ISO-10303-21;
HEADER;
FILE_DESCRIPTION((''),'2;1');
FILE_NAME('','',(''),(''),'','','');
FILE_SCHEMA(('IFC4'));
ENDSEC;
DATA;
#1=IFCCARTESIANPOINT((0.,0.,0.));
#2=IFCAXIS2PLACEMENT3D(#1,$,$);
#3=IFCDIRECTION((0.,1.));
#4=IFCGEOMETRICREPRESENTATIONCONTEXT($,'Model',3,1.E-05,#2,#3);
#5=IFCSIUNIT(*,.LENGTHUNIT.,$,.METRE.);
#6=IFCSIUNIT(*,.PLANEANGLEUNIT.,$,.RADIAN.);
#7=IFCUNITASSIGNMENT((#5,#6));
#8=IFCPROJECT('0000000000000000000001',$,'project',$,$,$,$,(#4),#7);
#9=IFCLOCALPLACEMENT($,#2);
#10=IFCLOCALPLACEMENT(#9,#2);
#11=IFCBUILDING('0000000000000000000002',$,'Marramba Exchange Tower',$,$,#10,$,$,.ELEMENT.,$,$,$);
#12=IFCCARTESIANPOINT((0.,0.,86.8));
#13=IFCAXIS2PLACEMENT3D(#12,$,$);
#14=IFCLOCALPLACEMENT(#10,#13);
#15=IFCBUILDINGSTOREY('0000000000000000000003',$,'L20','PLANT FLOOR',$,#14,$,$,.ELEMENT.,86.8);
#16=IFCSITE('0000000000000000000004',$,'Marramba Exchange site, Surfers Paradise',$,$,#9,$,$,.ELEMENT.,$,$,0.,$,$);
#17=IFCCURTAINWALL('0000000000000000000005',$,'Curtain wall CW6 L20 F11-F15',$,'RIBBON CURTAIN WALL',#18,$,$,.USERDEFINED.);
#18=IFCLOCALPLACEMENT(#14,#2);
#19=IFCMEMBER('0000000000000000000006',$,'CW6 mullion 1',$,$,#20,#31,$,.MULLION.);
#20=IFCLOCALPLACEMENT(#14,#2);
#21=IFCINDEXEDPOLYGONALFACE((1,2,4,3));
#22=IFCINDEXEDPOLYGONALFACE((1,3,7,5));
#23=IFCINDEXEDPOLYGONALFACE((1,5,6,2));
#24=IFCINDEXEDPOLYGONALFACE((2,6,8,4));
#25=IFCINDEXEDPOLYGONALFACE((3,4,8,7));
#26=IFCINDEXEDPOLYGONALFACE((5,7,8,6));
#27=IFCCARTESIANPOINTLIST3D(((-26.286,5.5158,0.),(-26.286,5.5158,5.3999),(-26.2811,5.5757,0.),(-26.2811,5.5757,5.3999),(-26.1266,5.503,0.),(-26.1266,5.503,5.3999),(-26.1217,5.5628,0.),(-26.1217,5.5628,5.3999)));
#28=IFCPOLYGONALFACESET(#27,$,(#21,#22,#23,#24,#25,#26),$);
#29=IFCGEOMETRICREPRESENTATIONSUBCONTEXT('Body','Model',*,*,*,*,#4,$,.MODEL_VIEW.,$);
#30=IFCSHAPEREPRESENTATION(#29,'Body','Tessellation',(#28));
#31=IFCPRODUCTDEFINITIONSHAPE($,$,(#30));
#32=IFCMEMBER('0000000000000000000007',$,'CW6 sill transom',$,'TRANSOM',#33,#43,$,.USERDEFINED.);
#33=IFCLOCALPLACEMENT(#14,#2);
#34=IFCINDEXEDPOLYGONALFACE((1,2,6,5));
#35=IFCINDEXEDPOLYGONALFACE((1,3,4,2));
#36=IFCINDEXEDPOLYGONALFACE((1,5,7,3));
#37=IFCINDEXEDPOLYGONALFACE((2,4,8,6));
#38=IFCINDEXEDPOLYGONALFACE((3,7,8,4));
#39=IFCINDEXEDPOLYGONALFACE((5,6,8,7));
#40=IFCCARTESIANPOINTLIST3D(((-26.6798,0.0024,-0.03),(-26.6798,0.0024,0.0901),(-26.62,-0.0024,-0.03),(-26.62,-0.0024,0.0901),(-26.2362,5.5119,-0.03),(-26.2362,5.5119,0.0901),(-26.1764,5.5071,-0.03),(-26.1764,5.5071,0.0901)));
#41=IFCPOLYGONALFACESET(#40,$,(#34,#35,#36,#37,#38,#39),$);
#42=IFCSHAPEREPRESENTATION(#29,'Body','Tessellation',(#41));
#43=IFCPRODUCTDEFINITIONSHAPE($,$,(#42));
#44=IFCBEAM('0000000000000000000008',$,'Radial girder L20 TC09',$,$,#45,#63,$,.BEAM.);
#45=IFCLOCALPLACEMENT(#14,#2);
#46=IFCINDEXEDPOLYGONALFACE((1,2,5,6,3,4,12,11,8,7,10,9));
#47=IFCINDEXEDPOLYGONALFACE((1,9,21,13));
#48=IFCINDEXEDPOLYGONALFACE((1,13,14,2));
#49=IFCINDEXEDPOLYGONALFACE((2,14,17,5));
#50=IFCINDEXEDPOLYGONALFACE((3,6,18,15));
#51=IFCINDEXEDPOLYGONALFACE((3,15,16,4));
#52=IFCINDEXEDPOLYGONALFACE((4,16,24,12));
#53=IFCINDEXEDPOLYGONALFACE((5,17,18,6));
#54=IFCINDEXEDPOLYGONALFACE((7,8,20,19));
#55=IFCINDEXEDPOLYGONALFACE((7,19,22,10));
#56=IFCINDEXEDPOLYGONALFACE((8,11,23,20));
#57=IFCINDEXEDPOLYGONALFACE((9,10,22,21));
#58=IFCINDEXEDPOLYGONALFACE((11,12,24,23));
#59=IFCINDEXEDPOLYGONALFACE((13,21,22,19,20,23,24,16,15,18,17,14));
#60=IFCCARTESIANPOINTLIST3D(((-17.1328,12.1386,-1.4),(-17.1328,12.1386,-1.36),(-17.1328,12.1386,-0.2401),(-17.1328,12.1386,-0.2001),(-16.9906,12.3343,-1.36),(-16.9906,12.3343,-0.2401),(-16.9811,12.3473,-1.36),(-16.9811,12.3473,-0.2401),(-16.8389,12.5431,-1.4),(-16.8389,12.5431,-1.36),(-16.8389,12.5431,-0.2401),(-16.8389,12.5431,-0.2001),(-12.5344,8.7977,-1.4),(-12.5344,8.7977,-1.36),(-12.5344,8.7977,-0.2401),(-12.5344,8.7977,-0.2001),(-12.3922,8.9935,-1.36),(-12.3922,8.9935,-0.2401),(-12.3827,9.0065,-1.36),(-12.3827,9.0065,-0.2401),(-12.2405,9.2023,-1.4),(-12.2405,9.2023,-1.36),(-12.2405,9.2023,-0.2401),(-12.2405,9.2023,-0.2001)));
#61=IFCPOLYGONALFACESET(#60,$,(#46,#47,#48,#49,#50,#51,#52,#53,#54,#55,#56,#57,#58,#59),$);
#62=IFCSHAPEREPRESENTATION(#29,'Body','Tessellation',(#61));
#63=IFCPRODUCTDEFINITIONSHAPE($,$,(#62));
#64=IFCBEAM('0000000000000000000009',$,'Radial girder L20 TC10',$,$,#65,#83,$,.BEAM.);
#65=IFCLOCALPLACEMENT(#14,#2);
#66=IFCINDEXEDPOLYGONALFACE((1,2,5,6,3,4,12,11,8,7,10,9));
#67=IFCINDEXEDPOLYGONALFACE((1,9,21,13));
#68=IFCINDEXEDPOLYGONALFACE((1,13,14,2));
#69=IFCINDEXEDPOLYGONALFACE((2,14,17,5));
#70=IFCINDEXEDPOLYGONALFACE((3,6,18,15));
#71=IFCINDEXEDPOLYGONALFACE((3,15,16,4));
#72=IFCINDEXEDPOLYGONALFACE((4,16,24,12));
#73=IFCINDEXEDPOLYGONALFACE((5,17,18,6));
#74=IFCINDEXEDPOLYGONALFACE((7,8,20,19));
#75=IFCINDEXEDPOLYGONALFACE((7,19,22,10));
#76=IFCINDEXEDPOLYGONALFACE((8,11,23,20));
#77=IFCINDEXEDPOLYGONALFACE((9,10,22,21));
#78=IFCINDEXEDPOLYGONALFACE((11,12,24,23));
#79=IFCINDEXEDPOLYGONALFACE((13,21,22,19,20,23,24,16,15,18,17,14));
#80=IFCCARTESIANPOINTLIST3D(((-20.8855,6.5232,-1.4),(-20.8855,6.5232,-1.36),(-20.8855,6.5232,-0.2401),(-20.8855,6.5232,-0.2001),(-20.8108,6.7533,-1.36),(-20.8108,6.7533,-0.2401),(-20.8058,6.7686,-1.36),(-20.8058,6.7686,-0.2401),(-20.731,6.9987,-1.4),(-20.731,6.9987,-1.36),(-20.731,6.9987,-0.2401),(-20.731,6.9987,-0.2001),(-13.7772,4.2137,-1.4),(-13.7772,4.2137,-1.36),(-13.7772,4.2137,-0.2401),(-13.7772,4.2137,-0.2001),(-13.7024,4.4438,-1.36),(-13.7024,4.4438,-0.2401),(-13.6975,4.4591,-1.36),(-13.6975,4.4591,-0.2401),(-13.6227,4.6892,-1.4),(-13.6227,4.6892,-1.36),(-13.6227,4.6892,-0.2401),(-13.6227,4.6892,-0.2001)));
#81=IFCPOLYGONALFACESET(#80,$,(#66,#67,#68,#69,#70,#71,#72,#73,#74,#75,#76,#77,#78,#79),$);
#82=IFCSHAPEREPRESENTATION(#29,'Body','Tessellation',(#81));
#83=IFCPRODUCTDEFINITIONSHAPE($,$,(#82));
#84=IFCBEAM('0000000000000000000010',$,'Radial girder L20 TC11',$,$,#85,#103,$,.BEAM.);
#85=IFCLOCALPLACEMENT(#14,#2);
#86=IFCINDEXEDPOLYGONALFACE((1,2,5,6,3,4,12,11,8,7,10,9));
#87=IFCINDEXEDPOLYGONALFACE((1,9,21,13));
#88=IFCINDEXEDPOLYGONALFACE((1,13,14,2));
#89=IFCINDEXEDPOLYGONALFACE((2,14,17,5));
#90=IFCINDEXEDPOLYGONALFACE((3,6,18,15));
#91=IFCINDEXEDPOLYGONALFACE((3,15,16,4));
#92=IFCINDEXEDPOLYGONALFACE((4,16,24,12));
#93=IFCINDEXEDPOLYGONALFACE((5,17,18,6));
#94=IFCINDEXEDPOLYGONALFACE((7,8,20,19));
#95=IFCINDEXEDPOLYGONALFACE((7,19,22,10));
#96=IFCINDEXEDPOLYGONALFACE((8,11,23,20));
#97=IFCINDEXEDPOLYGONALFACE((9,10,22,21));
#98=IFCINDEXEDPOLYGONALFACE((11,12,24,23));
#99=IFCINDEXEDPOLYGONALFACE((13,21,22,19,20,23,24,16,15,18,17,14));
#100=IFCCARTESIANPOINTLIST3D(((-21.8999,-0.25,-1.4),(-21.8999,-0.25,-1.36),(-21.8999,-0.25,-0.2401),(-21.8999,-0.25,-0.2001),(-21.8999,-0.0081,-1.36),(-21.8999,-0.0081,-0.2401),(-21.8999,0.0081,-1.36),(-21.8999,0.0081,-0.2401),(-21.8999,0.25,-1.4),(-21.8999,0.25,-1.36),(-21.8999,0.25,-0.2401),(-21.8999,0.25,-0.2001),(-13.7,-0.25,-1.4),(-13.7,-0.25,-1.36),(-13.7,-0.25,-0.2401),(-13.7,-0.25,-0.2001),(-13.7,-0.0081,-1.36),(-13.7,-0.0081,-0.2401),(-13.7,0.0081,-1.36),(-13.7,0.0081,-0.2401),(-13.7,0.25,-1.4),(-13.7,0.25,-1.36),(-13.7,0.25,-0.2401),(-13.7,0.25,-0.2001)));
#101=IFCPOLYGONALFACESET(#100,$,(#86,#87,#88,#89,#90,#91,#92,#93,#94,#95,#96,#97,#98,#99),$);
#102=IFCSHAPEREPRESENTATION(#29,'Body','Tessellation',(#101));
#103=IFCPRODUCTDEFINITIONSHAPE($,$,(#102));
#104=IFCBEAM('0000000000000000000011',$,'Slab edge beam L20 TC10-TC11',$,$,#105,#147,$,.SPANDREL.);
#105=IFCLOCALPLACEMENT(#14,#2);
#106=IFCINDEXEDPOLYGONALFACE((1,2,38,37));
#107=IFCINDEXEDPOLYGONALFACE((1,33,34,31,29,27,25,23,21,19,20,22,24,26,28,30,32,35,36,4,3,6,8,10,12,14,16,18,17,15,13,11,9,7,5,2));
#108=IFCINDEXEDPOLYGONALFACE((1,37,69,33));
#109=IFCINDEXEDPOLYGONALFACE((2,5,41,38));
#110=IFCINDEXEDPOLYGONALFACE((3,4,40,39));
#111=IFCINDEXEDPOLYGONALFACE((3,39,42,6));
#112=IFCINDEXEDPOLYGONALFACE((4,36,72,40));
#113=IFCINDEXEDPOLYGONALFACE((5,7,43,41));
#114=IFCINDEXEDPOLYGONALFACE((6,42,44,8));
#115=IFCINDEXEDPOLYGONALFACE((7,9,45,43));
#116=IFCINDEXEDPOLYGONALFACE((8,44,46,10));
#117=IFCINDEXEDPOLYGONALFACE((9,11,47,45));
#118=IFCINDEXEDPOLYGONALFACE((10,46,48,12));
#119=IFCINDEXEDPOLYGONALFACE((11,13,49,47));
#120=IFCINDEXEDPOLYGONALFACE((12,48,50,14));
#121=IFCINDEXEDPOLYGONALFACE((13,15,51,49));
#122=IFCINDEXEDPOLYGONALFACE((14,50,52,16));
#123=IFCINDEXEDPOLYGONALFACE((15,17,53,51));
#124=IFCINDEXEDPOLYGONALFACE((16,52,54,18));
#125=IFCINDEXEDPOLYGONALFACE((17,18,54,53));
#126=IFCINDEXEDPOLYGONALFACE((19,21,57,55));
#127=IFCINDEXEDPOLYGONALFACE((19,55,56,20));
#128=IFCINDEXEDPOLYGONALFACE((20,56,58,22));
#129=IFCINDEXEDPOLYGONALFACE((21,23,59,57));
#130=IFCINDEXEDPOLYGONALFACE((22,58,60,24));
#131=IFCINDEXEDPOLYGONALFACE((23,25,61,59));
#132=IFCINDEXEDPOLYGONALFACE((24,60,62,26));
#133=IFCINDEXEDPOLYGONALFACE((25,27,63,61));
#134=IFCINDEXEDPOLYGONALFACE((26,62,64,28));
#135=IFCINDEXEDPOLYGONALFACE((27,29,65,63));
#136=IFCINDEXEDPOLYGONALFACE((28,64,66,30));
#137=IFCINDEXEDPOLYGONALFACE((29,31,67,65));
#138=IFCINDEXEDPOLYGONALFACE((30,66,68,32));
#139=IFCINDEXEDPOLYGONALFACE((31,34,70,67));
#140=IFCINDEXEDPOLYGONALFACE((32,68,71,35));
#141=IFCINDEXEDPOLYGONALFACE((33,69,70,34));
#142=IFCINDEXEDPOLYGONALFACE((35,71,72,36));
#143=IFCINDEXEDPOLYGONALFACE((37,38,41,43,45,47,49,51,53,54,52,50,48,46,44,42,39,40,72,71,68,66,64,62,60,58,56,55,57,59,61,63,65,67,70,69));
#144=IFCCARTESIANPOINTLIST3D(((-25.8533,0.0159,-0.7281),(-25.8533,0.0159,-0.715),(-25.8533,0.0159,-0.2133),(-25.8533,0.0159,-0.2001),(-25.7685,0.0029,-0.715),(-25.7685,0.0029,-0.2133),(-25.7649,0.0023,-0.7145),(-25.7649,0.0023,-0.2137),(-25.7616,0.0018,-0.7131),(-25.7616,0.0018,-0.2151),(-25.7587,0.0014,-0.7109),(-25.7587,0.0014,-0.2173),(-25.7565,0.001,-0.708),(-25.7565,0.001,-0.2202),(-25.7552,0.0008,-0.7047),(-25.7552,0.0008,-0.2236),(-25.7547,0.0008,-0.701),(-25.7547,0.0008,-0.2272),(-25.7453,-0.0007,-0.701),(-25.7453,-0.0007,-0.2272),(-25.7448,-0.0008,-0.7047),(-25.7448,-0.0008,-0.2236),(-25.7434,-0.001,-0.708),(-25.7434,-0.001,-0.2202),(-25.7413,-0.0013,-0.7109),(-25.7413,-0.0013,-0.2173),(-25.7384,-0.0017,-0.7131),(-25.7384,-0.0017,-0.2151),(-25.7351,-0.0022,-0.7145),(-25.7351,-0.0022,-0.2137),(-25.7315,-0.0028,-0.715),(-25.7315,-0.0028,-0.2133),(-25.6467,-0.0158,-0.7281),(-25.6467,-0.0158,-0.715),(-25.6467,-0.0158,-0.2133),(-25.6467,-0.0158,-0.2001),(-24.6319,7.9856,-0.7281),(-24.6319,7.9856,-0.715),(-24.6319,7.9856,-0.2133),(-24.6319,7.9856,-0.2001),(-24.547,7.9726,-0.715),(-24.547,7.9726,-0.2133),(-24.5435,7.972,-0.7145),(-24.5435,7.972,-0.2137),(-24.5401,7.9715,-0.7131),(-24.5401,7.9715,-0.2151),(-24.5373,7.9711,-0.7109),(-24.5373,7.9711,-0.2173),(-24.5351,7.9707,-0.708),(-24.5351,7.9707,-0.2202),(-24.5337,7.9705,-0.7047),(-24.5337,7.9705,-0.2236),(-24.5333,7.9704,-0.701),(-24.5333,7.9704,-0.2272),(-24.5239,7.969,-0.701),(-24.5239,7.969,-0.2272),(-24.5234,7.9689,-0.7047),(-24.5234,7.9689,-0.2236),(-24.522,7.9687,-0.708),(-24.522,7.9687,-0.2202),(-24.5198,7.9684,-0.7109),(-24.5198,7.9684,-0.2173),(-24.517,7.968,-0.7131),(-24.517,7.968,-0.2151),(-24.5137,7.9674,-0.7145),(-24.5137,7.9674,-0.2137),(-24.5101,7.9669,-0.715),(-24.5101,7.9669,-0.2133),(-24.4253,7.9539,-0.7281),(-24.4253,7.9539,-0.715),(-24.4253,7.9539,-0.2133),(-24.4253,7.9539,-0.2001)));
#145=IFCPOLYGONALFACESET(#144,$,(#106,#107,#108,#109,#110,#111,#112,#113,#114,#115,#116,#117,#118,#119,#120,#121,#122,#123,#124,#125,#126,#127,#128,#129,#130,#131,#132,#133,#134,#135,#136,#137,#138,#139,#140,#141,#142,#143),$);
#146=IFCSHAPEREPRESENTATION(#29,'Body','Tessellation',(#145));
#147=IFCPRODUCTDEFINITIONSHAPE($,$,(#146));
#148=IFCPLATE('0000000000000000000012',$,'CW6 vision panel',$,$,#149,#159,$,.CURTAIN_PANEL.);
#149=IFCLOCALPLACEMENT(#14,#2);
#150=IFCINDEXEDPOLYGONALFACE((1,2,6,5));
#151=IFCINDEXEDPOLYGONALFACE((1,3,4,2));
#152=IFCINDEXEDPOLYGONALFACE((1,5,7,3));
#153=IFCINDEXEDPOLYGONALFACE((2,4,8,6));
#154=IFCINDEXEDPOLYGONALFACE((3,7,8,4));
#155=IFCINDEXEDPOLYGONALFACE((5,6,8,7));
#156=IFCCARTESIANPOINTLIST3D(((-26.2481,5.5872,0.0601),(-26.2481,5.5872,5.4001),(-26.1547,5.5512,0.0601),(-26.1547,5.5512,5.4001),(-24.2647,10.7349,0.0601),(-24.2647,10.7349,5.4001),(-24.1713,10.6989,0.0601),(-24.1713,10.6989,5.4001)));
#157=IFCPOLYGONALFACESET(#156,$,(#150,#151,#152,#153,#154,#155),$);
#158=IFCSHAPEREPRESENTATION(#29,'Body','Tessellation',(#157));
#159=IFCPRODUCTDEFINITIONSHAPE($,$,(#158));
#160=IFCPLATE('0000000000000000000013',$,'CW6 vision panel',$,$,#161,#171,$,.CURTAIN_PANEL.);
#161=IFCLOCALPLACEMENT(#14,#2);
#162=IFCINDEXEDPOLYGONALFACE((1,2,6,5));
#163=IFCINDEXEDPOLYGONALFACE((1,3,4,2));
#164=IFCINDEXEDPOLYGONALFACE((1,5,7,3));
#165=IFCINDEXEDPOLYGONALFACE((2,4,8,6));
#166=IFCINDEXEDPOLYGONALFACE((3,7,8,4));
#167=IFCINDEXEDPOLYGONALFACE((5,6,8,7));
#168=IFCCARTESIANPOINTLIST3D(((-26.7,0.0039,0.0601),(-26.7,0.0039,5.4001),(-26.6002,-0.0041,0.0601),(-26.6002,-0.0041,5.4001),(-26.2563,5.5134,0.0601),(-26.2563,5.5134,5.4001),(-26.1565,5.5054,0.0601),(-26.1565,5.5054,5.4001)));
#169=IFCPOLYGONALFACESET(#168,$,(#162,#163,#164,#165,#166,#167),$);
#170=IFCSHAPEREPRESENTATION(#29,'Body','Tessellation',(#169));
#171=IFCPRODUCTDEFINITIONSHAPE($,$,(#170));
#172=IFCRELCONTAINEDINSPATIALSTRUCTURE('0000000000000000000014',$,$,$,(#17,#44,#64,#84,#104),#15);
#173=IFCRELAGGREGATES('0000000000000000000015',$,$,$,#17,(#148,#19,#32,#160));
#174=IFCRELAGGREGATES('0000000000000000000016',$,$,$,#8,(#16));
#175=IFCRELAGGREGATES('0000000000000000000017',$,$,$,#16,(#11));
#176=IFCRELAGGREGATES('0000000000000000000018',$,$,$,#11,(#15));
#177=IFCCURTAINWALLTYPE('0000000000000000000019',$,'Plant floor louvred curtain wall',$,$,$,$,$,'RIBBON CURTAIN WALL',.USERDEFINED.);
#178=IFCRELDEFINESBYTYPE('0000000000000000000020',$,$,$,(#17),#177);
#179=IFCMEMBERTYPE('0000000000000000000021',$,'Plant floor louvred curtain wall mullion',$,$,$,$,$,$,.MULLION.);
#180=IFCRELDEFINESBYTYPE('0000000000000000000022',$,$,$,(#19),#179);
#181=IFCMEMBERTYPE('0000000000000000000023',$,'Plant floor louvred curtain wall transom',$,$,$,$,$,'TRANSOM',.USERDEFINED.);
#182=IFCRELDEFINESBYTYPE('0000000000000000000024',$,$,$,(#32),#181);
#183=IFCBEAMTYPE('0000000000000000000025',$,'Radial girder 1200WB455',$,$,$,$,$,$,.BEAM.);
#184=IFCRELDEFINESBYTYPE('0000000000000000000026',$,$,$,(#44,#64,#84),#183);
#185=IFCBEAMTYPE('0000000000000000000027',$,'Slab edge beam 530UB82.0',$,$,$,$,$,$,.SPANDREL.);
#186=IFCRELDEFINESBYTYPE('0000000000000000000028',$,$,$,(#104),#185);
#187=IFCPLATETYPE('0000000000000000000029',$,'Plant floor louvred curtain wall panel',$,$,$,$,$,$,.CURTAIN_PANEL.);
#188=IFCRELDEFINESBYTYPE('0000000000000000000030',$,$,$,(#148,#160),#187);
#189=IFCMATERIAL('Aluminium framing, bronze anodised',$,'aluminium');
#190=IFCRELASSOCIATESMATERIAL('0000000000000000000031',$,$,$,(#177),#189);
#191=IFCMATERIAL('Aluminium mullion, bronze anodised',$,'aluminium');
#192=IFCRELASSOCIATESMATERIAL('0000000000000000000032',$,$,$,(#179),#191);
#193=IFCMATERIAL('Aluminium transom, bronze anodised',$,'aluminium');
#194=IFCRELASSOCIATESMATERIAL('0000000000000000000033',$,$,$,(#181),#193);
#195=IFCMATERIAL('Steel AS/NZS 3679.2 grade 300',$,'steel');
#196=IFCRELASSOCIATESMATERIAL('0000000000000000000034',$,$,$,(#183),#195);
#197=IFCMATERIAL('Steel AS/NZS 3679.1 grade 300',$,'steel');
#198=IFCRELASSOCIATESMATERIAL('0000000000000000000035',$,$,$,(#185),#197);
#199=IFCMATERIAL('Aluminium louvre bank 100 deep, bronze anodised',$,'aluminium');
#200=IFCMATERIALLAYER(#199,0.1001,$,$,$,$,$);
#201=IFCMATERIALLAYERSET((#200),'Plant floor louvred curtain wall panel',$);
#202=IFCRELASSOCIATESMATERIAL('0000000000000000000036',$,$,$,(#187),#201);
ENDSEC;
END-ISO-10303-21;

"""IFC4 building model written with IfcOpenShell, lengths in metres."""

from ifc_helpers import new_model, si_unit, direction, frame, origin, origin_2d, place, context, subcontext, project, spatial, rectangle, i_section, extrude, material, layer, layer_set, material_profile, profile_set, type_object, element, aggregate, save


model = new_model("IFC4")

# Units and contexts
model_context = context("Model", 3, precision=1e-05, world=origin(), true_north=direction((0.0, 1.0)))
body_context = subcontext(model_context, "Body", "Model", "MODEL_VIEW")
ifc_project = project(units=[si_unit("LENGTHUNIT", "METRE"), si_unit("PLANEANGLEUNIT", "RADIAN")], contexts=[model_context])

# Site, building, storey
site_placement = place(None, origin())
site = spatial("IfcSite", under=ifc_project, at=site_placement, Name="Marramba Exchange site, Surfers Paradise", CompositionType="ELEMENT", RefElevation=0.0)
building_placement = place(site_placement, origin())
building = spatial("IfcBuilding", under=site, at=building_placement, Name="Marramba Exchange Tower", CompositionType="ELEMENT")
storey_placement = place(building_placement, frame((0.0, 0.0, 86.8)))
storey = spatial("IfcBuildingStorey", under=building, at=storey_placement, Name="L20", Description="PLANT FLOOR", CompositionType="ELEMENT", Elevation=86.8)

# Shared definitions
ifc_material_1 = material(Name="Steel AS/NZS 3679.2 grade 300", Category="steel")

# Shared definitions
ifc_material_2 = material(Name="Steel AS/NZS 3679.1 grade 300", Category="steel")

# Curtain wall, members
ifc_material_3 = material(Name="Aluminium framing, bronze anodised", Category="aluminium")
curtain_wall_type = type_object("IfcCurtainWallType", Name="Plant floor louvred curtain wall", ElementType="RIBBON CURTAIN WALL", PredefinedType="USERDEFINED", material=ifc_material_3)
curtain_wall_placement = place(storey_placement, origin())
curtain_wall = element("IfcCurtainWall", 1, at=curtain_wall_placement, inside=storey, type_object=curtain_wall_type, Name="Curtain wall CW6 L20 F11-F15", ObjectType="RIBBON CURTAIN WALL", PredefinedType="USERDEFINED")
ifc_material_4 = material(Name="Aluminium mullion, bronze anodised", Category="aluminium")
ifc_material_profile_1 = material_profile(ifc_material_4, rectangle(XDim=0.1599, YDim=0.0601, at=origin_2d()), Name="CW6 mullion 60x160")
ifc_profile_set_1 = profile_set([ifc_material_profile_1], Name="Aluminium mullion, bronze anodised")
member_type_1 = type_object("IfcMemberType", Name="Plant floor louvred curtain wall mullion", PredefinedType="MULLION", material=ifc_profile_set_1)
member_1_placement = place(storey_placement, frame((-26.2039, 5.5393, 0.0), z_axis=(0.0, 0.0, 1.0), x_axis=(0.996773, -0.080275, 0.0)))
member_1 = element("IfcMember", 2, at=member_1_placement, type_object=member_type_1, Name="CW6 mullion 1", PredefinedType="MULLION", context=body_context, shape_type="SweptSolid", body=[
    extrude(rectangle(XDim=0.1599, YDim=0.0601, at=origin_2d()), origin(), (0.0, 0.0, 1.0), 5.3999),
])
ifc_material_5 = material(Name="Aluminium transom, bronze anodised", Category="aluminium")
ifc_material_profile_2 = material_profile(ifc_material_5, rectangle(XDim=0.0601, YDim=0.1201, at=origin_2d()), Name="CW6 transom 60x120")
ifc_profile_set_2 = profile_set([ifc_material_profile_2], Name="Aluminium transom, bronze anodised")
member_type_2 = type_object("IfcMemberType", Name="Plant floor louvred curtain wall transom", ElementType="TRANSOM", PredefinedType="USERDEFINED", material=ifc_profile_set_2)
member_2_placement = place(storey_placement, frame((-26.2063, 5.5095, 0.03), z_axis=(-0.080256, -0.996774, 0.0), x_axis=(0.996774, -0.080256, 0.0)))
member_2 = element("IfcMember", 3, at=member_2_placement, type_object=member_type_2, Name="CW6 sill transom", ObjectType="TRANSOM", PredefinedType="USERDEFINED", context=body_context, shape_type="SweptSolid", body=[
    extrude(rectangle(XDim=0.0601, YDim=0.1201, at=origin_2d()), origin(), (0.0, 0.0, 1.0), 5.5273),
])

# Beams
ifc_material_profile_3 = material_profile(ifc_material_1, i_section(OverallWidth=0.5, OverallDepth=1.2, WebThickness=0.0161, FlangeThickness=0.04, at=origin_2d()), Name="1200WB455")
ifc_profile_set_3 = profile_set([ifc_material_profile_3], Name="Steel AS/NZS 3679.2 grade 300")
beam_type_1 = type_object("IfcBeamType", Name="Radial girder 1200WB455", PredefinedType="BEAM", material=ifc_profile_set_3)
beam_1_placement = place(storey_placement, frame((-12.3875, 9.0, -0.8), z_axis=(-0.809026, 0.587773, 0.0), x_axis=(-0.587773, -0.809026, 0.0)))
element("IfcBeam", 4, at=beam_1_placement, inside=storey, type_object=beam_type_1, Name="Radial girder L20 TC09", PredefinedType="BEAM", context=body_context, shape_type="SweptSolid", body=[
    extrude(i_section(OverallWidth=0.5, OverallDepth=1.2, WebThickness=0.0161, FlangeThickness=0.04, at=origin_2d()), origin(), (0.0, 0.0, 1.0), 5.6838),
])
beam_2_placement = place(storey_placement, frame((-13.7, 4.4514, -0.8), z_axis=(-0.95106, 0.309006, 0.0), x_axis=(-0.309006, -0.95106, 0.0)))
element("IfcBeam", 5, at=beam_2_placement, inside=storey, type_object=beam_type_1, Name="Radial girder L20 TC10", PredefinedType="BEAM", context=body_context, shape_type="SweptSolid", body=[
    extrude(i_section(OverallWidth=0.5, OverallDepth=1.2, WebThickness=0.0161, FlangeThickness=0.04, at=origin_2d()), origin(), (0.0, 0.0, 1.0), 7.4741),
])
beam_3_placement = place(storey_placement, frame((-13.7, 0.0, -0.8), z_axis=(-1.0, 0.0, 0.0), x_axis=(0.0, -1.0, 0.0)))
element("IfcBeam", 6, at=beam_3_placement, inside=storey, type_object=beam_type_1, Name="Radial girder L20 TC11", PredefinedType="BEAM", context=body_context, shape_type="SweptSolid", body=[
    extrude(i_section(OverallWidth=0.5, OverallDepth=1.2, WebThickness=0.0161, FlangeThickness=0.04, at=origin_2d()), origin(), (0.0, 0.0, 1.0), 8.2),
])
ifc_material_profile_4 = material_profile(ifc_material_2, i_section(OverallWidth=0.209, OverallDepth=0.5281, WebThickness=0.0095, FlangeThickness=0.0132, FilletRadius=0.0139, at=origin_2d()), Name="530UB82.0")
ifc_profile_set_4 = profile_set([ifc_material_profile_4], Name="Steel AS/NZS 3679.1 grade 300")
beam_type_2 = type_object("IfcBeamType", Name="Slab edge beam 530UB82.0", PredefinedType="SPANDREL", material=ifc_profile_set_4)
beam_4_placement = place(storey_placement, frame((-24.5286, 7.9697, -0.4641), z_axis=(-0.151491, -0.988459, 0.0), x_axis=(0.988459, -0.151491, 0.0)))
element("IfcBeam", 7, at=beam_4_placement, inside=storey, type_object=beam_type_2, Name="Slab edge beam L20 TC10-TC11", PredefinedType="SPANDREL", context=body_context, shape_type="SweptSolid", body=[
    extrude(i_section(OverallWidth=0.209, OverallDepth=0.5281, WebThickness=0.0095, FlangeThickness=0.0132, FilletRadius=0.0139, at=origin_2d()), origin(), (0.0, 0.0, 1.0), 8.0627),
])

# Plates
ifc_material_6 = material(Name="Aluminium louvre bank 100 deep, bronze anodised", Category="aluminium")
ifc_layer_1 = layer(ifc_material_6, 0.1001)
ifc_layer_set_1 = layer_set([ifc_layer_1], Name="Plant floor louvred curtain wall panel")
plate_type = type_object("IfcPlateType", Name="Plant floor louvred curtain wall panel", PredefinedType="CURTAIN_PANEL", material=ifc_layer_set_1)
plate_1_placement = place(storey_placement, frame((-25.2097, 8.1431, 0.0601), z_axis=(0.0, 0.0, 1.0), x_axis=(-0.359526, -0.933135, 0.0)))
plate_1 = element("IfcPlate", 8, at=plate_1_placement, type_object=plate_type, Name="CW6 vision panel", PredefinedType="CURTAIN_PANEL", context=body_context, shape_type="SweptSolid", body=[
    extrude(rectangle(XDim=5.5166, YDim=0.1001, at=origin_2d()), origin(), (0.0, 0.0, 1.0), 5.3401),
])
plate_2_placement = place(storey_placement, frame((-26.4282, 2.7546, 0.0601), z_axis=(0.0, 0.0, 1.0), x_axis=(-0.080275, -0.996773, 0.0)))
plate_2 = element("IfcPlate", 9, at=plate_2_placement, type_object=plate_type, Name="CW6 vision panel", PredefinedType="CURTAIN_PANEL", context=body_context, shape_type="SweptSolid", body=[
    extrude(rectangle(XDim=5.5273, YDim=0.1001, at=origin_2d()), origin(), (0.0, 0.0, 1.0), 5.3401),
])
aggregate(curtain_wall, [plate_1, member_1, member_2, plate_2])

save(model, "model.ifc")
